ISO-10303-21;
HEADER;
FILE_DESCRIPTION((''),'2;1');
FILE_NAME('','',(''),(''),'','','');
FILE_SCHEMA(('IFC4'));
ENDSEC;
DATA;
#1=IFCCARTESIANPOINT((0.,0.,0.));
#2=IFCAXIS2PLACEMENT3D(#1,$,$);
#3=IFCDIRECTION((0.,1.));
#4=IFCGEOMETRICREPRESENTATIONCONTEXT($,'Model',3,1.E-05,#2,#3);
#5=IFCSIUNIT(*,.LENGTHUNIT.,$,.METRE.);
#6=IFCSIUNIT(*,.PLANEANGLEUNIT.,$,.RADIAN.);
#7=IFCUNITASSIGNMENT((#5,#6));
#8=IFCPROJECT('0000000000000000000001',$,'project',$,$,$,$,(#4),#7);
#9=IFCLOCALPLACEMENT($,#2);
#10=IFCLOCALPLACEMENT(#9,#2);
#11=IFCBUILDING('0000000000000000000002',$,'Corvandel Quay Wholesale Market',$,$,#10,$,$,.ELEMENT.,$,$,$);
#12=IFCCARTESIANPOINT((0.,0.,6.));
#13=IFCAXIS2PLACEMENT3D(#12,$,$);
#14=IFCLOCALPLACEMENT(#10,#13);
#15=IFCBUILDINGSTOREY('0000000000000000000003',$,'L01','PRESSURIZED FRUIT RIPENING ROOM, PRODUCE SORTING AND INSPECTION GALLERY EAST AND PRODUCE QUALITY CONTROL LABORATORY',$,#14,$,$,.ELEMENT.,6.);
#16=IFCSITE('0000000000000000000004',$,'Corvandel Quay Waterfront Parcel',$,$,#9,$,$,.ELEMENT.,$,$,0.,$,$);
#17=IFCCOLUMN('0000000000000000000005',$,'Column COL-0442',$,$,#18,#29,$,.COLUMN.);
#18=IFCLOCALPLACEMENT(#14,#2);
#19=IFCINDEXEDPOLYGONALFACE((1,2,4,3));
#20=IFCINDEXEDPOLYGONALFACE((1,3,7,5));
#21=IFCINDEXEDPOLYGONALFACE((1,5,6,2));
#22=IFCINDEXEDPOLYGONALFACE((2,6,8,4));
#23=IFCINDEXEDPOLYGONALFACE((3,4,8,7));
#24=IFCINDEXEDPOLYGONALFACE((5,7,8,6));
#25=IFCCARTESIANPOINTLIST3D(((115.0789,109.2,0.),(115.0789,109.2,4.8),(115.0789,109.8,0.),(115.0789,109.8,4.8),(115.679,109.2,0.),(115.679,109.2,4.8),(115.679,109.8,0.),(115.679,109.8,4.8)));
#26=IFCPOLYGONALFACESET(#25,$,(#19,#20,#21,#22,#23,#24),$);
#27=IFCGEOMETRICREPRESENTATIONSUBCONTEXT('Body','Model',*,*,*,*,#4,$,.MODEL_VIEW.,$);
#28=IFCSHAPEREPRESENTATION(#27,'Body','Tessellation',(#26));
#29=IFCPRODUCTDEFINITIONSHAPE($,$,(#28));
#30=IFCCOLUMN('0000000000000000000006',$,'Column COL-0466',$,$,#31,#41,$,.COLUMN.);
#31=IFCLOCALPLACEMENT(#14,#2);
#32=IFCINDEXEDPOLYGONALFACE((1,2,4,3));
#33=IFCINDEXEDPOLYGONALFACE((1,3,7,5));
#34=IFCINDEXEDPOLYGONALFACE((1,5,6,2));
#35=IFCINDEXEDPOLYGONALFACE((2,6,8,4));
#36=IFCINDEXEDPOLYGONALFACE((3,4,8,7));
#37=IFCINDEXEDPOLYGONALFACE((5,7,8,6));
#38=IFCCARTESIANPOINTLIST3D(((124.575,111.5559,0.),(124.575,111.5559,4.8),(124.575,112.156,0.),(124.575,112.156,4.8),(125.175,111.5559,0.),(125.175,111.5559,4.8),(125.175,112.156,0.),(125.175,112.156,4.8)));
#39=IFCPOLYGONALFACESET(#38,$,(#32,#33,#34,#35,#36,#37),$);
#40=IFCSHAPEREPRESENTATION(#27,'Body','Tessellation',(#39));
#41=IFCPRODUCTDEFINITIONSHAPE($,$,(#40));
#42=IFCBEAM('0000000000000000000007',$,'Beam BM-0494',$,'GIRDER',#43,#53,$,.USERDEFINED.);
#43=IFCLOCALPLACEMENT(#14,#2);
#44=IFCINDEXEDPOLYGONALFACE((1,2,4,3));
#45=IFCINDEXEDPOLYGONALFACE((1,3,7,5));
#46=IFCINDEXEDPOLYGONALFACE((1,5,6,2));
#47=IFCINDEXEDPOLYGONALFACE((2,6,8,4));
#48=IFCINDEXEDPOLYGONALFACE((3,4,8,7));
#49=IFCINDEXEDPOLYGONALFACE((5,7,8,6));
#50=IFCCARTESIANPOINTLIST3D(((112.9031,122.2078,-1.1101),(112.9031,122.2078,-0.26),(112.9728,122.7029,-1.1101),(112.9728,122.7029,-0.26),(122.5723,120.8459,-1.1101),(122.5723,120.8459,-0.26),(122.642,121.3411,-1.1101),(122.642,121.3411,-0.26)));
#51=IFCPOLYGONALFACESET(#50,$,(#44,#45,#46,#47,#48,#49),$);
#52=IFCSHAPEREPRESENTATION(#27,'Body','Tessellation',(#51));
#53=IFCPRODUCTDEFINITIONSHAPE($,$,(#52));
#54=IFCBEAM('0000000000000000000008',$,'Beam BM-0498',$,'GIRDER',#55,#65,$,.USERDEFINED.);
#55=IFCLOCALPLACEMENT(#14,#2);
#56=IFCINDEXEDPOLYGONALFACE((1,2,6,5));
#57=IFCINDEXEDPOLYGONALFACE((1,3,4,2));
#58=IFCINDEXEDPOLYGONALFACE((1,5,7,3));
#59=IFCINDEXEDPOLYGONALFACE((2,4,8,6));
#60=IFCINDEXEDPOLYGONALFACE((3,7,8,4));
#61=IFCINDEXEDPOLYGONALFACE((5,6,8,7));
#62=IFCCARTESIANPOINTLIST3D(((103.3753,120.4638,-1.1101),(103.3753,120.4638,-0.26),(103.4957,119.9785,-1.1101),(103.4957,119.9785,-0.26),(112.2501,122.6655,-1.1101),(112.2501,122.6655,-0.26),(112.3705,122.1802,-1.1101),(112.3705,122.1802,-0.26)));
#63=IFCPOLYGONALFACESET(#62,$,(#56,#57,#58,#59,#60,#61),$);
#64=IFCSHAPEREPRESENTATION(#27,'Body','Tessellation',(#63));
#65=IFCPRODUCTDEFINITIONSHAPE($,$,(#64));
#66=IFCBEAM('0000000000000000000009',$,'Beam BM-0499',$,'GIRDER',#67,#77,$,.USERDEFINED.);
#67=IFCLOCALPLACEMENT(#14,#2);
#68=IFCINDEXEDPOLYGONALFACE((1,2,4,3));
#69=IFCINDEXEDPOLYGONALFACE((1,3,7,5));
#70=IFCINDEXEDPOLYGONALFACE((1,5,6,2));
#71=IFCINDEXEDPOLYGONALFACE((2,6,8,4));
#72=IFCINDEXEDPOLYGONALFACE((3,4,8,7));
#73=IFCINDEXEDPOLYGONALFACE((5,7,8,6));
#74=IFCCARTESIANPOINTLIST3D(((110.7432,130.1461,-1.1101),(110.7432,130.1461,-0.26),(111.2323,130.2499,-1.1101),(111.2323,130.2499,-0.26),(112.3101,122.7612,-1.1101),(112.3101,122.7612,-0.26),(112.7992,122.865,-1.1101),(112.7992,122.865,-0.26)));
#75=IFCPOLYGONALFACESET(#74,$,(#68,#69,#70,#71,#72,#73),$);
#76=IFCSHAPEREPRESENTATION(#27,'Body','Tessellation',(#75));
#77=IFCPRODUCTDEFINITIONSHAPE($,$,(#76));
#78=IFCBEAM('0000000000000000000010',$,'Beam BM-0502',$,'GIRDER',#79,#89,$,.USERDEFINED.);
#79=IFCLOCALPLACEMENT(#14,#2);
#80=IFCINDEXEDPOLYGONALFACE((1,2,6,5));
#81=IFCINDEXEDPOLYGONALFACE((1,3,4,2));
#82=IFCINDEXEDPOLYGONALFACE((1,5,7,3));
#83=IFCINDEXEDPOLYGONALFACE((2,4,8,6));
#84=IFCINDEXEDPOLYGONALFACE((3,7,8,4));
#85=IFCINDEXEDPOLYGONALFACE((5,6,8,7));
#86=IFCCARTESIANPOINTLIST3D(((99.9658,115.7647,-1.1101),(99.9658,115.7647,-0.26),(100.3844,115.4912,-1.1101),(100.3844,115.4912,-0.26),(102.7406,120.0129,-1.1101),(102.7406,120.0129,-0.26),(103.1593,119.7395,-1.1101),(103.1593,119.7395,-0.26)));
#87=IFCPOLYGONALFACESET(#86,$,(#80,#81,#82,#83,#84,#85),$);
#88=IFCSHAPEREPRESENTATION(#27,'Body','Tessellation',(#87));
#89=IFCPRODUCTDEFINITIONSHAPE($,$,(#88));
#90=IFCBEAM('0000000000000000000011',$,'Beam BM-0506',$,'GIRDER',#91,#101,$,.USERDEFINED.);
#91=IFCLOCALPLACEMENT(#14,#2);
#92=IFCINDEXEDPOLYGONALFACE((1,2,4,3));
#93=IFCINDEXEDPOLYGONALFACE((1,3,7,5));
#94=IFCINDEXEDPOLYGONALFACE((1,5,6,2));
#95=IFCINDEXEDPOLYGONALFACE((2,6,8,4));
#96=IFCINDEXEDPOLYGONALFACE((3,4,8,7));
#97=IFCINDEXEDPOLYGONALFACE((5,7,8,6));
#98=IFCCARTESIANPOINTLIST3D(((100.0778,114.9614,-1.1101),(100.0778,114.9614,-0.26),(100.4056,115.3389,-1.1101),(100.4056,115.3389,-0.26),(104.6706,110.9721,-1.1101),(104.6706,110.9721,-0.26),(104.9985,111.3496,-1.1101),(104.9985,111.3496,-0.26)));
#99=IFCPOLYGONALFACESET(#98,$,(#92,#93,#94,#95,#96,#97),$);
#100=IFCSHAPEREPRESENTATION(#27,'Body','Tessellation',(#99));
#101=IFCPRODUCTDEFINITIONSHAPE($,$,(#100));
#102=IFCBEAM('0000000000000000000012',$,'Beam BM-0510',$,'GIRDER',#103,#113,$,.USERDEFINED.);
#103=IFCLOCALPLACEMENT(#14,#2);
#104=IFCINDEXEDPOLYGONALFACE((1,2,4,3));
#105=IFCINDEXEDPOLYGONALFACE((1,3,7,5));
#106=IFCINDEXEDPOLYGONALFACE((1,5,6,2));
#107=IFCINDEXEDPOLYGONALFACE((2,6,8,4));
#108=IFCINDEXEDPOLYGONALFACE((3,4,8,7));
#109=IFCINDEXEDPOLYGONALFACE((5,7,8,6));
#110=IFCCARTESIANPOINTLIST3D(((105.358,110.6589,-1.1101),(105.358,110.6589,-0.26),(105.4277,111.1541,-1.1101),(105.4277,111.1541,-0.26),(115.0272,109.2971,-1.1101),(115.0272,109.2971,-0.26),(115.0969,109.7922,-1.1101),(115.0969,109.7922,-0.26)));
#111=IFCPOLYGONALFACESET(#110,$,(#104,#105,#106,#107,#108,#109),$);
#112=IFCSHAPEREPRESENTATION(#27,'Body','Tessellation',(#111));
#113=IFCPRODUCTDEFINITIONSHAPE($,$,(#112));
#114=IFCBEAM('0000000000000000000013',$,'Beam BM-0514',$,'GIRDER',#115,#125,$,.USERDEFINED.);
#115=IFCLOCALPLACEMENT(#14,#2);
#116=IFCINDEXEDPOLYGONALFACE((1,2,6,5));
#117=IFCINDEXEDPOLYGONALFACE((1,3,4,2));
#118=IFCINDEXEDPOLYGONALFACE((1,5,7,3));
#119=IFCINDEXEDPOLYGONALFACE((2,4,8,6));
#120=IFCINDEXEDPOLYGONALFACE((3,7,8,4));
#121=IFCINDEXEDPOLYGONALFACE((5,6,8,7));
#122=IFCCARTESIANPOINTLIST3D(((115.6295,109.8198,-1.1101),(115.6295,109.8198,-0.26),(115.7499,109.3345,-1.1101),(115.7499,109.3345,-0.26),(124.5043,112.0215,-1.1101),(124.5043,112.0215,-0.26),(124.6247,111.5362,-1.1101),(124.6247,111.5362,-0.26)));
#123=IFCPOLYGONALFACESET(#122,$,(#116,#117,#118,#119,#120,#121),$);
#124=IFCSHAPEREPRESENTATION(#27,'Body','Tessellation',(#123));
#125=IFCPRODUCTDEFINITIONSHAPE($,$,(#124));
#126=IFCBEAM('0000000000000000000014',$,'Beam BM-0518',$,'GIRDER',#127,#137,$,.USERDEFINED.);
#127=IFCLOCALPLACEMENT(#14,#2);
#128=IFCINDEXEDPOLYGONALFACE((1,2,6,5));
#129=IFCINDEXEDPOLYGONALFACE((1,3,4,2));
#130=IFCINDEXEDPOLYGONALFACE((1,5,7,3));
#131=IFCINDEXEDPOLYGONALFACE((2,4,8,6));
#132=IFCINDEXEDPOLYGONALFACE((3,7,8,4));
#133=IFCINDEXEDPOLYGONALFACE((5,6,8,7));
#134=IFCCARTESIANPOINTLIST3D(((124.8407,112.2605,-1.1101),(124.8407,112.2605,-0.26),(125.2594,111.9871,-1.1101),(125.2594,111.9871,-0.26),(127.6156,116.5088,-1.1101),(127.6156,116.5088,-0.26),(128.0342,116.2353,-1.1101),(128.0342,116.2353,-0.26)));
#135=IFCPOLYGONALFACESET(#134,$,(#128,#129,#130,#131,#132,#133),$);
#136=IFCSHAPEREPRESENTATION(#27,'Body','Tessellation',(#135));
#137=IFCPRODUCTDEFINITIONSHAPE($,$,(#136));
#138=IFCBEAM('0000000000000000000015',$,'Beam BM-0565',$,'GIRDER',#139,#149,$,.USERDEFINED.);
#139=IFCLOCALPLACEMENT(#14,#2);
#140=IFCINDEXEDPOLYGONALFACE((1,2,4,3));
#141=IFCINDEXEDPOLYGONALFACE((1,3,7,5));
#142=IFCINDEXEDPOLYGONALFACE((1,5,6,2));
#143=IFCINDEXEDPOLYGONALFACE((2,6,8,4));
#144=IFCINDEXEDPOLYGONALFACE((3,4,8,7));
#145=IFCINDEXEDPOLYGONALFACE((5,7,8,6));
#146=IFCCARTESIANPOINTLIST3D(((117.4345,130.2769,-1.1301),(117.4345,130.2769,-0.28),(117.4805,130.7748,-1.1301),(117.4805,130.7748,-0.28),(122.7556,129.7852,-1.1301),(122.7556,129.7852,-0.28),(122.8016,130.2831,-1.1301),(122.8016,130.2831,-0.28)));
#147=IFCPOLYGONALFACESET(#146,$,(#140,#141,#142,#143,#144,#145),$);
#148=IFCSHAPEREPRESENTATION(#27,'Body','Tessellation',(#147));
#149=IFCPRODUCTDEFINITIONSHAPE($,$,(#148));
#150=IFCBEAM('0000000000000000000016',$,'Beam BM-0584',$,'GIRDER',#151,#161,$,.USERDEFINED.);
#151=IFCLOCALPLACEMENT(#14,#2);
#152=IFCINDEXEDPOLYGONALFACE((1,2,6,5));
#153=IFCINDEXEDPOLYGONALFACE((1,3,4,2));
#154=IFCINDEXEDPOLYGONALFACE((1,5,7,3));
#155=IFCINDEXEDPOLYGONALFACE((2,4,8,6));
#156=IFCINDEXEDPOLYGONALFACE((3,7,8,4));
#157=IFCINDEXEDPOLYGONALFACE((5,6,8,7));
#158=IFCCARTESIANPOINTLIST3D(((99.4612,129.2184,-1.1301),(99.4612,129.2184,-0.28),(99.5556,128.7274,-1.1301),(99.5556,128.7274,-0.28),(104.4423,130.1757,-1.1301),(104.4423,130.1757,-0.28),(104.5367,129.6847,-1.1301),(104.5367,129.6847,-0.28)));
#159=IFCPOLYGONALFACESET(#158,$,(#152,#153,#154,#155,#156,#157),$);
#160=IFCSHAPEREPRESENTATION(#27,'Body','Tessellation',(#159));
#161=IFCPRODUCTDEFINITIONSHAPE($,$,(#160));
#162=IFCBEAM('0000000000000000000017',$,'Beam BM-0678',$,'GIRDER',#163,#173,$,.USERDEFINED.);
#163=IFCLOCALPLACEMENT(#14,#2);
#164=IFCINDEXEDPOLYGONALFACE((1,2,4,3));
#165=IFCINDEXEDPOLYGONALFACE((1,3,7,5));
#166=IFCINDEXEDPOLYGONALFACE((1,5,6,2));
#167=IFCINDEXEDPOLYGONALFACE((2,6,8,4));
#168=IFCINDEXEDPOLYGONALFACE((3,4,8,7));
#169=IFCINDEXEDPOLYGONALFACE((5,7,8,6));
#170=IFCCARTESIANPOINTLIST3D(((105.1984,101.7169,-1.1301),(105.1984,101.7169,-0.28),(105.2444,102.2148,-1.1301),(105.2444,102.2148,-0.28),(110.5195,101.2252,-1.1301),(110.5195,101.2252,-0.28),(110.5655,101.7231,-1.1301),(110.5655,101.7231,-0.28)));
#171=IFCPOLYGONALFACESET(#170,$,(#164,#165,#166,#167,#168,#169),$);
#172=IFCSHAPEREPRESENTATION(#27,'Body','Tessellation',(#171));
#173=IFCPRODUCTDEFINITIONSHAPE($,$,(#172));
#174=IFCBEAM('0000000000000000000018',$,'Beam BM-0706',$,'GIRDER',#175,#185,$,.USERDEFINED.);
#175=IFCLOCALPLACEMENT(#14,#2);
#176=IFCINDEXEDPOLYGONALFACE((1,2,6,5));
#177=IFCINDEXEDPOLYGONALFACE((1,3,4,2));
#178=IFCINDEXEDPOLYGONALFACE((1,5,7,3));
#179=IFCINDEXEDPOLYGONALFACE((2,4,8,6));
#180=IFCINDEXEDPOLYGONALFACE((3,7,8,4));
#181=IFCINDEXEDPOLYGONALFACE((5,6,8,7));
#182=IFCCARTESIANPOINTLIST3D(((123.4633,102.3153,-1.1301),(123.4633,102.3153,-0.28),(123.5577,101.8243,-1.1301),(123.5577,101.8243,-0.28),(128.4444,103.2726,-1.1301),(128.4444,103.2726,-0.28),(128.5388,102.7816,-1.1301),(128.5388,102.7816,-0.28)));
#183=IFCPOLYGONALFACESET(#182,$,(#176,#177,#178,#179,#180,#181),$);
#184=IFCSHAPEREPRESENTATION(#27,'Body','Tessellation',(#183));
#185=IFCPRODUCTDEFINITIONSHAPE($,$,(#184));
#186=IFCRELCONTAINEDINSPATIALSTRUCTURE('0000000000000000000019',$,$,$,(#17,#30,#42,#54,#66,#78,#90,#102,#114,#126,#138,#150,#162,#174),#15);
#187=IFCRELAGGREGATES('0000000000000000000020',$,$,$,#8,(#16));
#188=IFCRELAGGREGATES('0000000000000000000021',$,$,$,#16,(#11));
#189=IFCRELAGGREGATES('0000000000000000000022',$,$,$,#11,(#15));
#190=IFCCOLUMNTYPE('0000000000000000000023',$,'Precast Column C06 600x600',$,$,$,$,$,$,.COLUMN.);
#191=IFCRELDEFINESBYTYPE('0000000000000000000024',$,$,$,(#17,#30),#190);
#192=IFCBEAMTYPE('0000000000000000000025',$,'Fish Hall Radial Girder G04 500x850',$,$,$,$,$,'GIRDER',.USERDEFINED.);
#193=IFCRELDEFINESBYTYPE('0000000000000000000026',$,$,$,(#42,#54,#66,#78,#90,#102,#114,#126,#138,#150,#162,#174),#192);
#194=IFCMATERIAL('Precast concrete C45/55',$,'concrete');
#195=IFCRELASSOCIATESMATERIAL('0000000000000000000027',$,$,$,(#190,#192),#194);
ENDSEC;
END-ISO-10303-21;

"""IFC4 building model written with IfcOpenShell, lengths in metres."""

from ifc_helpers import new_model, si_unit, direction, frame, origin, origin_2d, place, context, subcontext, project, spatial, rectangle, extrude, material, material_profile, profile_set, type_object, element, save


model = new_model("IFC4")

# Units and contexts
model_context = context("Model", 3, precision=1e-05, world=origin(), true_north=direction((0.0, 1.0)))
body_context = subcontext(model_context, "Body", "Model", "MODEL_VIEW")
ifc_project = project(units=[si_unit("LENGTHUNIT", "METRE"), si_unit("PLANEANGLEUNIT", "RADIAN")], contexts=[model_context])

# Site, building, storey
site_placement = place(None, origin())
site = spatial("IfcSite", under=ifc_project, at=site_placement, Name="Corvandel Quay Waterfront Parcel", CompositionType="ELEMENT", RefElevation=0.0)
building_placement = place(site_placement, origin())
building = spatial("IfcBuilding", under=site, at=building_placement, Name="Corvandel Quay Wholesale Market", CompositionType="ELEMENT")
storey_placement = place(building_placement, frame((0.0, 0.0, 6.0)))
storey = spatial("IfcBuildingStorey", under=building, at=storey_placement, Name="L01", Description="PRESSURIZED FRUIT RIPENING ROOM, PRODUCE SORTING AND INSPECTION GALLERY EAST AND PRODUCE QUALITY CONTROL LABORATORY", CompositionType="ELEMENT", Elevation=6.0)

# Columns
ifc_material = material(Name="Precast concrete C45/55", Category="concrete")
ifc_material_profile_1 = material_profile(ifc_material, rectangle(XDim=0.6001, YDim=0.6001, at=origin_2d()), Name="PC-COL-600x600")
ifc_profile_set_1 = profile_set([ifc_material_profile_1], Name="Precast concrete C45/55")
column_type_1 = type_object("IfcColumnType", Name="Precast Column C06 600x600", PredefinedType="COLUMN", material=ifc_profile_set_1)
for number, where, z_axis, x_axis, name in (
    (1, (115.3789, 109.5, 0.0), (0.0, 0.0, 1.0), (1.0, 0.0, 0.0), "Column COL-0442"),
    (2, (124.875, 111.856, 0.0), (0.0, 0.0, 1.0), (1.0, 0.0, 0.0), "Column COL-0466"),
):
    element("IfcColumn", number, at=place(storey_placement, frame(where, z_axis=z_axis, x_axis=x_axis)), inside=storey, type_object=column_type_1, Name=name, PredefinedType="COLUMN", context=body_context, shape_type="SweptSolid", body=[
        extrude(rectangle(XDim=0.6001, YDim=0.6001, at=origin_2d()), origin(), (0.0, 0.0, 1.0), 4.8),
    ])

# Beams
ifc_material_profile_2 = material_profile(ifc_material, rectangle(XDim=0.5, YDim=0.8501, at=origin_2d()), Name="PC-GIR-500x850")
ifc_profile_set_2 = profile_set([ifc_material_profile_2], Name="Precast concrete C45/55")
beam_type = type_object("IfcBeamType", Name="Fish Hall Radial Girder G04 500x850", ElementType="GIRDER", PredefinedType="USERDEFINED", material=ifc_profile_set_2)
beam_1_placement = place(storey_placement, frame((122.6072, 121.0935, -0.6851), z_axis=(-0.990227, 0.139464, 0.0), x_axis=(-0.139464, -0.990227, 0.0)))
element("IfcBeam", 3, at=beam_1_placement, inside=storey, type_object=beam_type, Name="Beam BM-0494", ObjectType="GIRDER", PredefinedType="USERDEFINED", context=body_context, shape_type="SweptSolid", body=[
    extrude(rectangle(XDim=0.5, YDim=0.8501, at=origin_2d()), origin(), (0.0, 0.0, 1.0), 9.7646),
])
beam_2_placement = place(storey_placement, frame((112.3103, 122.4229, -0.6851), z_axis=(-0.970579, -0.240782, 0.0), x_axis=(0.240782, -0.970579, 0.0)))
element("IfcBeam", 4, at=beam_2_placement, inside=storey, type_object=beam_type, Name="Beam BM-0498", ObjectType="GIRDER", PredefinedType="USERDEFINED", context=body_context, shape_type="SweptSolid", body=[
    extrude(rectangle(XDim=0.5, YDim=0.8501, at=origin_2d()), origin(), (0.0, 0.0, 1.0), 9.1438),
])
beam_3_placement = place(storey_placement, frame((110.9878, 130.198, -0.6851), z_axis=(0.207552, -0.978224, 0.0), x_axis=(0.978224, 0.207552, 0.0)))
element("IfcBeam", 5, at=beam_3_placement, inside=storey, type_object=beam_type, Name="Beam BM-0499", ObjectType="GIRDER", PredefinedType="USERDEFINED", context=body_context, shape_type="SweptSolid", body=[
    extrude(rectangle(XDim=0.5, YDim=0.8501, at=origin_2d()), origin(), (0.0, 0.0, 1.0), 7.5493),
])
beam_4_placement = place(storey_placement, frame((102.95, 119.8762, -0.6851), z_axis=(-0.546859, -0.837225, 0.0), x_axis=(0.837225, -0.546859, 0.0)))
element("IfcBeam", 6, at=beam_4_placement, inside=storey, type_object=beam_type, Name="Beam BM-0502", ObjectType="GIRDER", PredefinedType="USERDEFINED", context=body_context, shape_type="SweptSolid", body=[
    extrude(rectangle(XDim=0.5, YDim=0.8501, at=origin_2d()), origin(), (0.0, 0.0, 1.0), 5.0742),
])
beam_5_placement = place(storey_placement, frame((100.2417, 115.1501, -0.6851), z_axis=(0.754968, -0.655761, 0.0), x_axis=(0.655761, 0.754968, 0.0)))
element("IfcBeam", 7, at=beam_5_placement, inside=storey, type_object=beam_type, Name="Beam BM-0506", ObjectType="GIRDER", PredefinedType="USERDEFINED", context=body_context, shape_type="SweptSolid", body=[
    extrude(rectangle(XDim=0.5, YDim=0.8501, at=origin_2d()), origin(), (0.0, 0.0, 1.0), 6.0835),
])
beam_6_placement = place(storey_placement, frame((105.3928, 110.9065, -0.6851), z_axis=(0.990227, -0.139464, 0.0), x_axis=(0.139464, 0.990227, 0.0)))
element("IfcBeam", 8, at=beam_6_placement, inside=storey, type_object=beam_type, Name="Beam BM-0510", ObjectType="GIRDER", PredefinedType="USERDEFINED", context=body_context, shape_type="SweptSolid", body=[
    extrude(rectangle(XDim=0.5, YDim=0.8501, at=origin_2d()), origin(), (0.0, 0.0, 1.0), 9.7646),
])
beam_7_placement = place(storey_placement, frame((115.6897, 109.5771, -0.6851), z_axis=(0.970579, 0.240782, 0.0), x_axis=(-0.240782, 0.970579, 0.0)))
element("IfcBeam", 9, at=beam_7_placement, inside=storey, type_object=beam_type, Name="Beam BM-0514", ObjectType="GIRDER", PredefinedType="USERDEFINED", context=body_context, shape_type="SweptSolid", body=[
    extrude(rectangle(XDim=0.5, YDim=0.8501, at=origin_2d()), origin(), (0.0, 0.0, 1.0), 9.1438),
])
beam_8_placement = place(storey_placement, frame((125.05, 112.1238, -0.6851), z_axis=(0.546859, 0.837225, 0.0), x_axis=(-0.837225, 0.546859, 0.0)))
element("IfcBeam", 10, at=beam_8_placement, inside=storey, type_object=beam_type, Name="Beam BM-0518", ObjectType="GIRDER", PredefinedType="USERDEFINED", context=body_context, shape_type="SweptSolid", body=[
    extrude(rectangle(XDim=0.5, YDim=0.8501, at=origin_2d()), origin(), (0.0, 0.0, 1.0), 5.0742),
])
beam_9_placement = place(storey_placement, frame((122.7786, 130.0342, -0.7051), z_axis=(-0.995758, 0.092014, 0.0), x_axis=(-0.092014, -0.995758, 0.0)))
element("IfcBeam", 11, at=beam_9_placement, inside=storey, type_object=beam_type, Name="Beam BM-0565", ObjectType="GIRDER", PredefinedType="USERDEFINED", context=body_context, shape_type="SweptSolid", body=[
    extrude(rectangle(XDim=0.5, YDim=0.8501, at=origin_2d()), origin(), (0.0, 0.0, 1.0), 5.3438),
])
beam_10_placement = place(storey_placement, frame((104.4895, 129.9302, -0.7051), z_axis=(-0.98203, -0.188724, 0.0), x_axis=(0.188724, -0.98203, 0.0)))
element("IfcBeam", 12, at=beam_10_placement, inside=storey, type_object=beam_type, Name="Beam BM-0584", ObjectType="GIRDER", PredefinedType="USERDEFINED", context=body_context, shape_type="SweptSolid", body=[
    extrude(rectangle(XDim=0.5, YDim=0.8501, at=origin_2d()), origin(), (0.0, 0.0, 1.0), 5.0723),
])
beam_11_placement = place(storey_placement, frame((105.2214, 101.9658, -0.7051), z_axis=(0.995758, -0.092014, 0.0), x_axis=(0.092014, 0.995758, 0.0)))
element("IfcBeam", 13, at=beam_11_placement, inside=storey, type_object=beam_type, Name="Beam BM-0678", ObjectType="GIRDER", PredefinedType="USERDEFINED", context=body_context, shape_type="SweptSolid", body=[
    extrude(rectangle(XDim=0.5, YDim=0.8501, at=origin_2d()), origin(), (0.0, 0.0, 1.0), 5.3438),
])
beam_12_placement = place(storey_placement, frame((123.5105, 102.0698, -0.7051), z_axis=(0.98203, 0.188724, 0.0), x_axis=(-0.188724, 0.98203, 0.0)))
element("IfcBeam", 14, at=beam_12_placement, inside=storey, type_object=beam_type, Name="Beam BM-0706", ObjectType="GIRDER", PredefinedType="USERDEFINED", context=body_context, shape_type="SweptSolid", body=[
    extrude(rectangle(XDim=0.5, YDim=0.8501, at=origin_2d()), origin(), (0.0, 0.0, 1.0), 5.0723),
])

save(model, "model.ifc")
